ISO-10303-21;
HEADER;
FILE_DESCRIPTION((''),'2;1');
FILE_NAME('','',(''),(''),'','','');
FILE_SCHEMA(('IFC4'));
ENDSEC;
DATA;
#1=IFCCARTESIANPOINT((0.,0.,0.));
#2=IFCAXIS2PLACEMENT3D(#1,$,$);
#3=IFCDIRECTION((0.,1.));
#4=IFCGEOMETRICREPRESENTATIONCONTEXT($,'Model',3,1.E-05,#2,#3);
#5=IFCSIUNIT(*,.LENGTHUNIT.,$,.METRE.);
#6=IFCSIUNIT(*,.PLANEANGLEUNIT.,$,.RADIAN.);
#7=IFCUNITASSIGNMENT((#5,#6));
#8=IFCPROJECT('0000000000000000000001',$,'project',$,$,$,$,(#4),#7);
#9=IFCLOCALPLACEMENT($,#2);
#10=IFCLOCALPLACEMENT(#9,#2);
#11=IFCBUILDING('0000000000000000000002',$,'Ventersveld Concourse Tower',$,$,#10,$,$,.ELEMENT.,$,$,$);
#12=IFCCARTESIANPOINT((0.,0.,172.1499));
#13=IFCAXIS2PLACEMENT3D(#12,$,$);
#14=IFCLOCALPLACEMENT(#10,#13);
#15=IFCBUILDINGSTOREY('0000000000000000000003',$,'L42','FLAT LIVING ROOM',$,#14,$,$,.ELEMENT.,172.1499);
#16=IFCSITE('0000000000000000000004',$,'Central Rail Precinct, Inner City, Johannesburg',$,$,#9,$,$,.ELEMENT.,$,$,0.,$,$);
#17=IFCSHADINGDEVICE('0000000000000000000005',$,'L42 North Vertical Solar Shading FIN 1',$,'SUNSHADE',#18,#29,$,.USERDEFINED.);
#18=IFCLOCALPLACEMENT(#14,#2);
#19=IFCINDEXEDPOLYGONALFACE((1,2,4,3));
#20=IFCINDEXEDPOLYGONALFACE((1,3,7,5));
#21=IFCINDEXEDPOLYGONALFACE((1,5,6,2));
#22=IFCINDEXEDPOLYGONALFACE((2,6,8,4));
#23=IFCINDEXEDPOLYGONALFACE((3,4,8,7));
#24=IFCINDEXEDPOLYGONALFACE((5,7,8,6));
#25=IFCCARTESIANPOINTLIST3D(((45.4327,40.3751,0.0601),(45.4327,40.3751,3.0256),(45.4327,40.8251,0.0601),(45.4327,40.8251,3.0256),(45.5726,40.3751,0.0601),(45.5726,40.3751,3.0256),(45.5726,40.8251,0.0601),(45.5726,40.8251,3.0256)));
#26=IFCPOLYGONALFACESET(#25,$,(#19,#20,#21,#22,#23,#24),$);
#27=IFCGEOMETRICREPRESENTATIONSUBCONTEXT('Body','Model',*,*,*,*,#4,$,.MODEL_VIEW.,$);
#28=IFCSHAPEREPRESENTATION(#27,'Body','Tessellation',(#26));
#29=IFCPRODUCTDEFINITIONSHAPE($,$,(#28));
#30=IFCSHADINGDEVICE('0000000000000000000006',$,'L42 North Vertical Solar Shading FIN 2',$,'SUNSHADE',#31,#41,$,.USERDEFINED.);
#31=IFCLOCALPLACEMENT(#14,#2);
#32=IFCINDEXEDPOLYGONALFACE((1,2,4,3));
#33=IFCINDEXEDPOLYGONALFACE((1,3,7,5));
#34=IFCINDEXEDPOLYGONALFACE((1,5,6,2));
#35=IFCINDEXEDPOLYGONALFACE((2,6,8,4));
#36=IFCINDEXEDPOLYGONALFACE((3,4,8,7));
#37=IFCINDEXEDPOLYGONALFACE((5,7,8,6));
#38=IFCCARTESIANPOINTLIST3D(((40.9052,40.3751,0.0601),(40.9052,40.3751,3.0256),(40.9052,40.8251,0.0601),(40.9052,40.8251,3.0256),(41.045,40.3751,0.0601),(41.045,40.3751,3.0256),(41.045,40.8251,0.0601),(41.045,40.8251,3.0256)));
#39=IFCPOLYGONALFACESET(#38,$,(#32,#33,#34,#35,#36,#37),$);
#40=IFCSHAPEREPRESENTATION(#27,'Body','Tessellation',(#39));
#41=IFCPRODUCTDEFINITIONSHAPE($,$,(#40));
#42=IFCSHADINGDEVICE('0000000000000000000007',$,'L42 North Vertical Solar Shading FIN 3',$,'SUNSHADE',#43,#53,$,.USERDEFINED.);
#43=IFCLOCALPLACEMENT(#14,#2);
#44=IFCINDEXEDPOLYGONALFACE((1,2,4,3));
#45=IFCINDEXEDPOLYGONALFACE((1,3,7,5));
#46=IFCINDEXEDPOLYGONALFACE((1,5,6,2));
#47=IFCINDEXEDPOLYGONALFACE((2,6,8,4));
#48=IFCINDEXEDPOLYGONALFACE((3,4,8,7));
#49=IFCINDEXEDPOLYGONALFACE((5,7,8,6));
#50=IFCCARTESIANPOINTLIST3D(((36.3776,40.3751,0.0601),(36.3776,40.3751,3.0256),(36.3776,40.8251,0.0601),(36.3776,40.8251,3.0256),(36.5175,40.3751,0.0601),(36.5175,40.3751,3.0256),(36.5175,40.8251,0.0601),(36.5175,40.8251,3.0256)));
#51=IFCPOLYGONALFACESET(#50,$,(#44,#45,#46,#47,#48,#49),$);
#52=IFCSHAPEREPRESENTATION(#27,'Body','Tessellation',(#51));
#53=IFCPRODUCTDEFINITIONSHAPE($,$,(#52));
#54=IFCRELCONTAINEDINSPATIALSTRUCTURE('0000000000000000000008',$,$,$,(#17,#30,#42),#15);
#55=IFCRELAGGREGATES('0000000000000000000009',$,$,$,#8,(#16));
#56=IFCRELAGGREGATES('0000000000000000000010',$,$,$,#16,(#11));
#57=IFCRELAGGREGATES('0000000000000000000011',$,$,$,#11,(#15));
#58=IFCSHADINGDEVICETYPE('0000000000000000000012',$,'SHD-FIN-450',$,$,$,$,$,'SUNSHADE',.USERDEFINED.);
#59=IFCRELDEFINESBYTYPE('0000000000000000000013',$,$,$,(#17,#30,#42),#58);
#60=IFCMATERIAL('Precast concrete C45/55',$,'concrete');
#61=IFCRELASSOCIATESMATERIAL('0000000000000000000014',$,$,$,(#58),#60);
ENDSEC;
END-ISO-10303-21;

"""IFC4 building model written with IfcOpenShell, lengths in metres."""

from ifc_helpers import new_model, si_unit, direction, frame, origin, origin_2d, place, context, subcontext, project, spatial, rectangle, extrude, material, type_object, element, save


model = new_model("IFC4")

# Units and contexts
model_context = context("Model", 3, precision=1e-05, world=origin(), true_north=direction((0.0, 1.0)))
body_context = subcontext(model_context, "Body", "Model", "MODEL_VIEW")
ifc_project = project(units=[si_unit("LENGTHUNIT", "METRE"), si_unit("PLANEANGLEUNIT", "RADIAN")], contexts=[model_context])

# Site, building, storey
site_placement = place(None, origin())
site = spatial("IfcSite", under=ifc_project, at=site_placement, Name="Central Rail Precinct, Inner City, Johannesburg", CompositionType="ELEMENT", RefElevation=0.0)
building_placement = place(site_placement, origin())
building = spatial("IfcBuilding", under=site, at=building_placement, Name="Ventersveld Concourse Tower", CompositionType="ELEMENT")
storey_placement = place(building_placement, frame((0.0, 0.0, 172.1499)))
storey = spatial("IfcBuildingStorey", under=building, at=storey_placement, Name="L42", Description="FLAT LIVING ROOM", CompositionType="ELEMENT", Elevation=172.1499)

# Shared definitions
ifc_material_1 = material(Name="Precast concrete C45/55", Category="concrete")

# Shading devices
shading_device_type = type_object("IfcShadingDeviceType", Name="SHD-FIN-450", ElementType="SUNSHADE", PredefinedType="USERDEFINED", material=ifc_material_1)
for number, where, z_axis, x_axis, name in (
    (1, (45.5027, 40.6001, 0.0601), (0.0, 0.0, 1.0), (1.0, 0.0, 0.0), "L42 North Vertical Solar Shading FIN 1"),
    (2, (40.9751, 40.6001, 0.0601), (0.0, 0.0, 1.0), (1.0, 0.0, 0.0), "L42 North Vertical Solar Shading FIN 2"),
    (3, (36.4475, 40.6001, 0.0601), (0.0, 0.0, 1.0), (1.0, 0.0, 0.0), "L42 North Vertical Solar Shading FIN 3"),
):
    element("IfcShadingDevice", number, at=place(storey_placement, frame(where, z_axis=z_axis, x_axis=x_axis)), inside=storey, type_object=shading_device_type, Name=name, ObjectType="SUNSHADE", PredefinedType="USERDEFINED", context=body_context, shape_type="SweptSolid", body=[
        extrude(rectangle(XDim=0.1399, YDim=0.45, at=origin_2d()), origin(), (0.0, 0.0, 1.0), 2.9656),
    ])

save(model, "model.ifc")
